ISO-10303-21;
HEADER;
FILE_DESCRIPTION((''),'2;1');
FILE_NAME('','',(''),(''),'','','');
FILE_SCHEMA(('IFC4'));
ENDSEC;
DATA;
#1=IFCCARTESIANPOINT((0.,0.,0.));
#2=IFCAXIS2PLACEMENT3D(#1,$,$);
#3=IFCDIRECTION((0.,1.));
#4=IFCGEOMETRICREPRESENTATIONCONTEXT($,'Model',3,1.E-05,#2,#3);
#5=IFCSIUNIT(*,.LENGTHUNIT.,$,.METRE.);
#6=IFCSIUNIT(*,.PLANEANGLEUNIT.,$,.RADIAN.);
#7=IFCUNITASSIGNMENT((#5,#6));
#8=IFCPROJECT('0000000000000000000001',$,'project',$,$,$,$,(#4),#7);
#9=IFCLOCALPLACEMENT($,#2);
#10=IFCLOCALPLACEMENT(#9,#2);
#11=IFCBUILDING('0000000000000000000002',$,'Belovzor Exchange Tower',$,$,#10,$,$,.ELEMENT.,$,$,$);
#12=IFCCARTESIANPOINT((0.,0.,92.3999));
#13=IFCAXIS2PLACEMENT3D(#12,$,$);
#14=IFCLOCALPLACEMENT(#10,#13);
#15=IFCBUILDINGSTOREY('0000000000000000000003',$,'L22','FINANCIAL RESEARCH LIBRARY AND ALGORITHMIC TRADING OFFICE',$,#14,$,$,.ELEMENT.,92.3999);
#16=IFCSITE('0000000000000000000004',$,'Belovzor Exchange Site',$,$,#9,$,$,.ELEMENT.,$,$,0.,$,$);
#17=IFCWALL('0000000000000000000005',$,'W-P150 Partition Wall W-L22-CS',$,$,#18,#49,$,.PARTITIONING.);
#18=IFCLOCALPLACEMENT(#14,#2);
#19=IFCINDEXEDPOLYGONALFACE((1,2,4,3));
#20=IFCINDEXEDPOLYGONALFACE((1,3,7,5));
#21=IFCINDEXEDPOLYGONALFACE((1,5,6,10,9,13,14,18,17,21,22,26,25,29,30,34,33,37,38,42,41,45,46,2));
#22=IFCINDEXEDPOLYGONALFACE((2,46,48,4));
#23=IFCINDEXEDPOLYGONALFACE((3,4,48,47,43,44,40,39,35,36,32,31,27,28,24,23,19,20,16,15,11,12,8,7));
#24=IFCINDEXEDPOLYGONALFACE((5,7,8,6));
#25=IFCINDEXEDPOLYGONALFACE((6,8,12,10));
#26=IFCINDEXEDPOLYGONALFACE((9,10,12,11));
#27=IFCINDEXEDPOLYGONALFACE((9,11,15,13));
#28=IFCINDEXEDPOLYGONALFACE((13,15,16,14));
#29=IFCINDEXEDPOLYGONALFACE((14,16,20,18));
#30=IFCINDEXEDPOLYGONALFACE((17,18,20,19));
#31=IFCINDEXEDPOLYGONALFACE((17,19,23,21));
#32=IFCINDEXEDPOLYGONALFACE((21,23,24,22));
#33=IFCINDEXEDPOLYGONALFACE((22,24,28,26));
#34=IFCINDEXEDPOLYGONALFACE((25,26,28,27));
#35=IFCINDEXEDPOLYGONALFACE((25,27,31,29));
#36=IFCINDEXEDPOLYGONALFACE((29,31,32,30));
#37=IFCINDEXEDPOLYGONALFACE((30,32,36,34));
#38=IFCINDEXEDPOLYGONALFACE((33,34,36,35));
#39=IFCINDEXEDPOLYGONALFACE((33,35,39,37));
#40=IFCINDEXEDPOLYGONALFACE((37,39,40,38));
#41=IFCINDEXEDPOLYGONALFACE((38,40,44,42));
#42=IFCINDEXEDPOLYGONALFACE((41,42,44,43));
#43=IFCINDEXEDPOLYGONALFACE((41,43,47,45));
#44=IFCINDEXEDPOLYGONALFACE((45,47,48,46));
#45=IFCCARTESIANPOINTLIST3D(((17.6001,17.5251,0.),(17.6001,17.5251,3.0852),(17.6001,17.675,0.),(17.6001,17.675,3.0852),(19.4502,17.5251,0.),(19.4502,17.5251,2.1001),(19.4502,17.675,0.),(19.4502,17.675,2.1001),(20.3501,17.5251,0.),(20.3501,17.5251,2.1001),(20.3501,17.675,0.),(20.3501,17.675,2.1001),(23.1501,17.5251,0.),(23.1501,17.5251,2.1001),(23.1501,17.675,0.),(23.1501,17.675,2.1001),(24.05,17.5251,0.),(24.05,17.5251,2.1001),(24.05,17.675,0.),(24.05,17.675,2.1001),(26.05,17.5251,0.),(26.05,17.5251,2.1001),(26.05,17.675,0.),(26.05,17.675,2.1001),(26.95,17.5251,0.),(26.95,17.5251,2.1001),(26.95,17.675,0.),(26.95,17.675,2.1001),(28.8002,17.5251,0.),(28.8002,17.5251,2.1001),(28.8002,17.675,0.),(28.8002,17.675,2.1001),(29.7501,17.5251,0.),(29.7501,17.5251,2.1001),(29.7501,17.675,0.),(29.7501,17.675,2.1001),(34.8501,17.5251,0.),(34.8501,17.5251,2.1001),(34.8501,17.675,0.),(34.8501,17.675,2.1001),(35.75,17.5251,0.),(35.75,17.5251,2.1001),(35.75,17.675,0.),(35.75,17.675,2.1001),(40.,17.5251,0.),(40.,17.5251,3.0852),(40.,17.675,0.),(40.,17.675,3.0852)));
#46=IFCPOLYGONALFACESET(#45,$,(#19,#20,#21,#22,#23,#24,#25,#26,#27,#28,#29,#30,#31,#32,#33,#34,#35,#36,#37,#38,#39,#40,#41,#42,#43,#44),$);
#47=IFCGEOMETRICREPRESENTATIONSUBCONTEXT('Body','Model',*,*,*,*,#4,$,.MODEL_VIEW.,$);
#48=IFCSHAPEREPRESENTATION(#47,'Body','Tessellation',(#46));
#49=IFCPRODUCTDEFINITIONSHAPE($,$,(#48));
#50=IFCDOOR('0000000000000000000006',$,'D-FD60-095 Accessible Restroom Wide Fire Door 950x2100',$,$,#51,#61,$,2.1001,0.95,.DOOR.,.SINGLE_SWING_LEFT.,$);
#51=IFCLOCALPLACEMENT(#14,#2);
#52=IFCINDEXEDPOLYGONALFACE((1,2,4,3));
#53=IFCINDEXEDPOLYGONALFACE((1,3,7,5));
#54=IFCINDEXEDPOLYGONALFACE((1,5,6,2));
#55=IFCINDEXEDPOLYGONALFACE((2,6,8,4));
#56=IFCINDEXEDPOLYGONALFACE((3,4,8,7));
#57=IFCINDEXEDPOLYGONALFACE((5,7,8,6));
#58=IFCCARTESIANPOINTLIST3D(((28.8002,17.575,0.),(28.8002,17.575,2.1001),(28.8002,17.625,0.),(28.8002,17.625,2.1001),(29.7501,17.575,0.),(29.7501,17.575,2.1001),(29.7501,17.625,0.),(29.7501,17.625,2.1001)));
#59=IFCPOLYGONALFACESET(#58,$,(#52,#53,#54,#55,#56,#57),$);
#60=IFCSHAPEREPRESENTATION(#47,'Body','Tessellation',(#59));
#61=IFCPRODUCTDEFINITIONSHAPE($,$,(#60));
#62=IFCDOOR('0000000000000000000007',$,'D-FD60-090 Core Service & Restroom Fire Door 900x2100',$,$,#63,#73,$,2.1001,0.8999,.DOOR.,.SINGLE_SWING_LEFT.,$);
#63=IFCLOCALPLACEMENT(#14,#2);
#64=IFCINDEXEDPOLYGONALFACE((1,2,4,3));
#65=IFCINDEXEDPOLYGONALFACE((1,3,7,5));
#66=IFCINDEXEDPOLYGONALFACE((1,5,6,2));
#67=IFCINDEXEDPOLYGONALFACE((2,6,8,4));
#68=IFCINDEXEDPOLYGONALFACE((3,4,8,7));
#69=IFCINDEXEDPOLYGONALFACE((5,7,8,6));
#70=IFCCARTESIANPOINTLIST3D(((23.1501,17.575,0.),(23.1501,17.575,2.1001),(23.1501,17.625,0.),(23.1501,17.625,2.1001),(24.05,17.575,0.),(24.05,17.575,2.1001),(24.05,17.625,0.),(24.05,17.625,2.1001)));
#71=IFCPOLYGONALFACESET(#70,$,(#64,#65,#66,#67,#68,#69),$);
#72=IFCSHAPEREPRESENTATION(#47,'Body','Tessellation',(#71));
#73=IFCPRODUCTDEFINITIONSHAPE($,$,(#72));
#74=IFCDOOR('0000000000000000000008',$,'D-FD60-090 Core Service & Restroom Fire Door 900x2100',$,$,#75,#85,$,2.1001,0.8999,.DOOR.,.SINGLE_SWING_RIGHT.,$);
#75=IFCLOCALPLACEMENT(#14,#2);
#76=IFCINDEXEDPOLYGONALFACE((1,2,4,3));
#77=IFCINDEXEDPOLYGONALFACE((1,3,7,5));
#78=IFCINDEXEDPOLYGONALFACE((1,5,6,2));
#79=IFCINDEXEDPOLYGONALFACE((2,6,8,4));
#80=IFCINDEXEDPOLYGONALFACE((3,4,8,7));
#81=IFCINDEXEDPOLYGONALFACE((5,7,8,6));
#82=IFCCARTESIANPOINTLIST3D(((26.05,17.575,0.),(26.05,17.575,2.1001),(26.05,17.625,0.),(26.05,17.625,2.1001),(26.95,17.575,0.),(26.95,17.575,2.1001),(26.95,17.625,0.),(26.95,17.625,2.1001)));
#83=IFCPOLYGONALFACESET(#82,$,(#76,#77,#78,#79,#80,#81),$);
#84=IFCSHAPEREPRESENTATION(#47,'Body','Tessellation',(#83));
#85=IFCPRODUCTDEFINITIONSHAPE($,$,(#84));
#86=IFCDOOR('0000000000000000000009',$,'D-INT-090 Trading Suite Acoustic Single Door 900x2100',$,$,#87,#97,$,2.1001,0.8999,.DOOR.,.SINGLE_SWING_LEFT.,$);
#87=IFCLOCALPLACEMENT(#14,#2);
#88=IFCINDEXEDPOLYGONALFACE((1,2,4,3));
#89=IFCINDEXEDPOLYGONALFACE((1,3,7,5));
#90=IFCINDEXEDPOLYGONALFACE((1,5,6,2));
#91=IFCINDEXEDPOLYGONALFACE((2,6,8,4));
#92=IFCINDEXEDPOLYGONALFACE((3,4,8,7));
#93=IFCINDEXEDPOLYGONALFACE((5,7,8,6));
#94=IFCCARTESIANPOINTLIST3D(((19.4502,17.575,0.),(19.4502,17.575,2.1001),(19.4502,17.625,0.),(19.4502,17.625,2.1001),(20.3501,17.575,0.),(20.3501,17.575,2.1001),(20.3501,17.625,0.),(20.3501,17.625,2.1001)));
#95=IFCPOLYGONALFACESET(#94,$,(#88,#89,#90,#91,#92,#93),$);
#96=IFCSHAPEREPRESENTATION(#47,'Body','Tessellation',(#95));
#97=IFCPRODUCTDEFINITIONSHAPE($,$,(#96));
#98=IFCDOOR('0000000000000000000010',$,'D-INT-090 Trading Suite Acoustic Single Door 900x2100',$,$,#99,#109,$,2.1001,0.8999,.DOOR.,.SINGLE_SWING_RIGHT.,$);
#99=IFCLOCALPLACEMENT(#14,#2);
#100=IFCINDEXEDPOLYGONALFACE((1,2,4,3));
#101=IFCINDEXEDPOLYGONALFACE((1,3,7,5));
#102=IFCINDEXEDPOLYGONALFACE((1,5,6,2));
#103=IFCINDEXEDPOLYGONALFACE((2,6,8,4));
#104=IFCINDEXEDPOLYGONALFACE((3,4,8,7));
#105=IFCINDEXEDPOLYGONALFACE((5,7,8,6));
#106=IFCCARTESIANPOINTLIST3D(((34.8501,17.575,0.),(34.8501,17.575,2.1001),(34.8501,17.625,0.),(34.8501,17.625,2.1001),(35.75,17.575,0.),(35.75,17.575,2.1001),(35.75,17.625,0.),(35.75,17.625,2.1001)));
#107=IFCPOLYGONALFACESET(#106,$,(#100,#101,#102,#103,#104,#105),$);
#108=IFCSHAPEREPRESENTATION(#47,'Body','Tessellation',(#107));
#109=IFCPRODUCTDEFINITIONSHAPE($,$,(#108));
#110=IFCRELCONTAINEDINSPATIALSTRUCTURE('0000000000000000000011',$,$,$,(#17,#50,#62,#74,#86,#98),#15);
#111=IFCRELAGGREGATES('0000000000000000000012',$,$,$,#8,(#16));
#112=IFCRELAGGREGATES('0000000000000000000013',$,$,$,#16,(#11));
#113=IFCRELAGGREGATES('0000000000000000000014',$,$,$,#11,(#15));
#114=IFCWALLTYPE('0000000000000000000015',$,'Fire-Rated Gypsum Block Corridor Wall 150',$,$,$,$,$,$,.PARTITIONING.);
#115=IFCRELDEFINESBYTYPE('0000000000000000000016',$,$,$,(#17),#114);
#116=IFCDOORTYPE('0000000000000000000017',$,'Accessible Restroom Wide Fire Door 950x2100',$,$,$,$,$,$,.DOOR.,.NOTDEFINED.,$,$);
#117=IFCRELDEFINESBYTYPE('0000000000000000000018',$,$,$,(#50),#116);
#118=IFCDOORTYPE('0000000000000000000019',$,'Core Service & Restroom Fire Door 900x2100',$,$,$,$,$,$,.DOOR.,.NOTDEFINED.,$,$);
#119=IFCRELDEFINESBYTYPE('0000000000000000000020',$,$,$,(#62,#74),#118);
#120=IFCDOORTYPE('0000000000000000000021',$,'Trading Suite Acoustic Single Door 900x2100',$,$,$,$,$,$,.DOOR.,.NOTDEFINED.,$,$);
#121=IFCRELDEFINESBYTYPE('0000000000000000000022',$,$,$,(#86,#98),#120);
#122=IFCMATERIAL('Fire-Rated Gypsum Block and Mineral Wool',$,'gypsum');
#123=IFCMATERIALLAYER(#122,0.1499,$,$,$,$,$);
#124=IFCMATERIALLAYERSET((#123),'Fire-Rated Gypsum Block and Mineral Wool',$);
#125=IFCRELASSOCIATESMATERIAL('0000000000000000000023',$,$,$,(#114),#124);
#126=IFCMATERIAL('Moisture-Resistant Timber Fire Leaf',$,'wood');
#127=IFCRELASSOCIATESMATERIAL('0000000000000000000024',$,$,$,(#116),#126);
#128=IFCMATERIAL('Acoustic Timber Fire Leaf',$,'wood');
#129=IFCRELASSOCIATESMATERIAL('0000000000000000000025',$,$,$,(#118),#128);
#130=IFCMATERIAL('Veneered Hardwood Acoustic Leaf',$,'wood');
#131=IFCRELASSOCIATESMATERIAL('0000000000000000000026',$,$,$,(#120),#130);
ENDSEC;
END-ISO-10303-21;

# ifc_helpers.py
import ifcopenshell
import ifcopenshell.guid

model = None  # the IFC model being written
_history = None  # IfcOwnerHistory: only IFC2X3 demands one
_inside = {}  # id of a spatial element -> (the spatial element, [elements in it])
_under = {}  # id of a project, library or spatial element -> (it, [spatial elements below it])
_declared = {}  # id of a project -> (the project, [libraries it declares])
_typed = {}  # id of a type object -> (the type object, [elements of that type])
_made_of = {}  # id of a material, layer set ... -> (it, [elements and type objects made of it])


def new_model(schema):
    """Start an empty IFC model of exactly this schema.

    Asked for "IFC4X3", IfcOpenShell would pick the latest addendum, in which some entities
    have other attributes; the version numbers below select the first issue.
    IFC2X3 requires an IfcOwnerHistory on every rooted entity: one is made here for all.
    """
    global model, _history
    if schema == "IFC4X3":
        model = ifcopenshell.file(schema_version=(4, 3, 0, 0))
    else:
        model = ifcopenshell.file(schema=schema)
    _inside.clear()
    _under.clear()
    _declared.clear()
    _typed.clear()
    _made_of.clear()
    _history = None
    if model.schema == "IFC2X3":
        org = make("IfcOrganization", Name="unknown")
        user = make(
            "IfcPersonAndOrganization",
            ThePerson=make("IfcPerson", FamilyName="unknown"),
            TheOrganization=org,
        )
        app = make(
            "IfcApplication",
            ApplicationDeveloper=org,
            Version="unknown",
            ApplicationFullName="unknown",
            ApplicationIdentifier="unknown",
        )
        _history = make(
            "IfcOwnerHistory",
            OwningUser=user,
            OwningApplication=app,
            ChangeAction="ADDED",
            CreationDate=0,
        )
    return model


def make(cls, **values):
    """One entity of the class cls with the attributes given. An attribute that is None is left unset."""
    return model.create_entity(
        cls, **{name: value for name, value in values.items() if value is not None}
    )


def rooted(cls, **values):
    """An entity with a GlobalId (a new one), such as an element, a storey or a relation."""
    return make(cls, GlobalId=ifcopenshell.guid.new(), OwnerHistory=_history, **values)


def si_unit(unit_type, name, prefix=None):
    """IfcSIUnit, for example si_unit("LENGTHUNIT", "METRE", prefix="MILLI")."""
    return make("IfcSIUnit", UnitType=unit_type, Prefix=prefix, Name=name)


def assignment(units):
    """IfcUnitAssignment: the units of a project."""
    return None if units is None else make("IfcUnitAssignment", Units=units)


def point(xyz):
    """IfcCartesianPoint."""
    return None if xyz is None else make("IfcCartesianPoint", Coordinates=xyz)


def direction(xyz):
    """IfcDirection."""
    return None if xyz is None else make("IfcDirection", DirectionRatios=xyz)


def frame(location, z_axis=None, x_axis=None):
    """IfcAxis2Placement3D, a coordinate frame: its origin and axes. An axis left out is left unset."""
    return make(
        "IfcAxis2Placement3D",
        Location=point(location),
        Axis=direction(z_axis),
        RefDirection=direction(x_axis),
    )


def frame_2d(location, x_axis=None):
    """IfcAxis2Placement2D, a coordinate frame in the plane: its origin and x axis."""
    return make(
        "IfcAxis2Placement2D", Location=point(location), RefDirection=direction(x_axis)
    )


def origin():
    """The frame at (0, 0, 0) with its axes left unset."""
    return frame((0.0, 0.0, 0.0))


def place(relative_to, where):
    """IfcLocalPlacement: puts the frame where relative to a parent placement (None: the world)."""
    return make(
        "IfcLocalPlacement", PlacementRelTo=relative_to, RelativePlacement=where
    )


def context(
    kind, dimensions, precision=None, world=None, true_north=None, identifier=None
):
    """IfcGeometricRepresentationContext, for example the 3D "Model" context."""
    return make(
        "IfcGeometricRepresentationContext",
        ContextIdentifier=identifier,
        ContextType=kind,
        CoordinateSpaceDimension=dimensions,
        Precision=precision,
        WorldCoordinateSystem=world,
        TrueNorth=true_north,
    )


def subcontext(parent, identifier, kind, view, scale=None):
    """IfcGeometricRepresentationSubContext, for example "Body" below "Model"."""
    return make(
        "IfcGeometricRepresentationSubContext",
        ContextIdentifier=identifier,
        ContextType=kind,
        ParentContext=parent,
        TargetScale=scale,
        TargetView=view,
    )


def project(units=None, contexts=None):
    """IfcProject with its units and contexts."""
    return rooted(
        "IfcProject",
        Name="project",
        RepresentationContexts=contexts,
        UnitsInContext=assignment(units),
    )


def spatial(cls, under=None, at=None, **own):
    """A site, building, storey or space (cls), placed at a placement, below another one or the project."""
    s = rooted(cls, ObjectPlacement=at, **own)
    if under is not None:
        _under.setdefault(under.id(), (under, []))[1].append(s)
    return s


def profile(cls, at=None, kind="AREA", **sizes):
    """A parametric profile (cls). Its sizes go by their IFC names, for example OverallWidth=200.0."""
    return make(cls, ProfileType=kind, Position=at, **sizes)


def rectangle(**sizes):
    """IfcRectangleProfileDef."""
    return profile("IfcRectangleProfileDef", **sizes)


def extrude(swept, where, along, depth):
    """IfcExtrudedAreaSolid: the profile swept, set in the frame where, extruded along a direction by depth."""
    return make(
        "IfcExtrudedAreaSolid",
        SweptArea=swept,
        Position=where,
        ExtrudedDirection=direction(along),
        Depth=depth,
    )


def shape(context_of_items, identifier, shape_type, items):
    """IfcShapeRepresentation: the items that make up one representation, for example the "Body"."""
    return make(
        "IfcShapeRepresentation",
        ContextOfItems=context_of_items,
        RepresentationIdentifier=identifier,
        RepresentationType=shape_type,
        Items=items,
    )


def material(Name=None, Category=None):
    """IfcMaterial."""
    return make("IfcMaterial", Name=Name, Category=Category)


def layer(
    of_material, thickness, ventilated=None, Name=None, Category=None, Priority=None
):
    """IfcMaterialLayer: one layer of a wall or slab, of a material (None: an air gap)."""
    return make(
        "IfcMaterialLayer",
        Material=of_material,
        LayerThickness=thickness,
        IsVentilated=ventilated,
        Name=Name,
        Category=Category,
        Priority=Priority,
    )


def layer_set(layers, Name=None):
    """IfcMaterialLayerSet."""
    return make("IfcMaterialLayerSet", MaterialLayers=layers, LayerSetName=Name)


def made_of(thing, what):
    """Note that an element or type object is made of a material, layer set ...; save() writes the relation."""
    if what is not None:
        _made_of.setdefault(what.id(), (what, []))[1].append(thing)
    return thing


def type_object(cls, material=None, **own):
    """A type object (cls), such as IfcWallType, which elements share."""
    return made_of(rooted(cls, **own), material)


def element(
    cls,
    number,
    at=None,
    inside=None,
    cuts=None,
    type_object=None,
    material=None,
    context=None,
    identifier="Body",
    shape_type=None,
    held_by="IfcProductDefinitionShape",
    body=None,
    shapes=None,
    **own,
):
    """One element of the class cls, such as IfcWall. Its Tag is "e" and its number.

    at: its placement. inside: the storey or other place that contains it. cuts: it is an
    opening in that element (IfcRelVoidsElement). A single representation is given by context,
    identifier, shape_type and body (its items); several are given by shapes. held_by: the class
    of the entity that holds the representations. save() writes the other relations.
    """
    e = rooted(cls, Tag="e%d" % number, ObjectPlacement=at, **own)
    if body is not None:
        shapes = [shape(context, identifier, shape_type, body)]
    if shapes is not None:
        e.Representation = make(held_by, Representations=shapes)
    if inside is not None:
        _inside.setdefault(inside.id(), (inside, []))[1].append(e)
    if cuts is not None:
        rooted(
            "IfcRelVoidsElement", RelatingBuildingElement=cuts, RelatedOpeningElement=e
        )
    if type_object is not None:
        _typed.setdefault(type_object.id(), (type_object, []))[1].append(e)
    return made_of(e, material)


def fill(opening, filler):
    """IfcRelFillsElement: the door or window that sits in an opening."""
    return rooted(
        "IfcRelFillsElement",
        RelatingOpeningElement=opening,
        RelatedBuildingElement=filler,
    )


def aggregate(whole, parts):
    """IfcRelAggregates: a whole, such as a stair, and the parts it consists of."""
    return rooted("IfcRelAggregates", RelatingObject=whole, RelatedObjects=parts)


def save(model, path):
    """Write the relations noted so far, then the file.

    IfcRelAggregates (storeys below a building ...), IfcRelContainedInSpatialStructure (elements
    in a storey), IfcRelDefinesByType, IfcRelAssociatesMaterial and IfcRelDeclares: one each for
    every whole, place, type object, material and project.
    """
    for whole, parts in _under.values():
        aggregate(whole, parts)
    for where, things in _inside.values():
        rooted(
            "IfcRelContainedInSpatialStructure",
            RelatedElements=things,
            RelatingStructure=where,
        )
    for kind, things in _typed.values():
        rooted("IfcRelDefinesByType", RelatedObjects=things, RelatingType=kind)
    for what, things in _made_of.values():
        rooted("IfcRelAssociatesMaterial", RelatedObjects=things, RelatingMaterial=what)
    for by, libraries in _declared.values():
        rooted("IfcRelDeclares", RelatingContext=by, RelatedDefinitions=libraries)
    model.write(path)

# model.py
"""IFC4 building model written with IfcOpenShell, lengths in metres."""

from ifc_helpers import new_model, si_unit, direction, frame, frame_2d, origin, place, context, subcontext, project, spatial, rectangle, extrude, material, layer, layer_set, type_object, element, fill, save


model = new_model("IFC4")

# Units and contexts
model_context = context("Model", 3, precision=1e-05, world=origin(), true_north=direction((0.0, 1.0)))
body_context = subcontext(model_context, "Body", "Model", "MODEL_VIEW")
ifc_project = project(units=[si_unit("LENGTHUNIT", "METRE"), si_unit("PLANEANGLEUNIT", "RADIAN")], contexts=[model_context])

# Site, building, storey
site_placement = place(None, origin())
site = spatial("IfcSite", under=ifc_project, at=site_placement, Name="Belovzor Exchange Site", CompositionType="ELEMENT", RefElevation=0.0)
building_placement = place(site_placement, origin())
building = spatial("IfcBuilding", under=site, at=building_placement, Name="Belovzor Exchange Tower", CompositionType="ELEMENT")
storey_placement = place(building_placement, frame((0.0, 0.0, 92.3999)))
storey = spatial("IfcBuildingStorey", under=building, at=storey_placement, Name="L22", Description="FINANCIAL RESEARCH LIBRARY AND ALGORITHMIC TRADING OFFICE", CompositionType="ELEMENT", Elevation=92.3999)

# Wall, openings, doors
ifc_material_1 = material(Name="Fire-Rated Gypsum Block and Mineral Wool", Category="gypsum")
ifc_layer_1 = layer(ifc_material_1, 0.1499)
ifc_layer_set_1 = layer_set([ifc_layer_1], Name="Fire-Rated Gypsum Block and Mineral Wool")
wall_type_1 = type_object("IfcWallType", Name="Fire-Rated Gypsum Block Corridor Wall 150", PredefinedType="PARTITIONING", material=ifc_layer_set_1)
wall_1_placement = place(storey_placement, frame((17.6001, 17.6001, 0.0), z_axis=(0.0, 0.0, 1.0), x_axis=(1.0, 0.0, 0.0)))
wall_1 = element("IfcWall", 1, at=wall_1_placement, inside=storey, type_object=wall_type_1, Name="W-P150 Partition Wall W-L22-CS", PredefinedType="PARTITIONING", context=body_context, shape_type="SweptSolid", body=[
    extrude(rectangle(XDim=22.3999, YDim=0.1499, at=frame_2d((11.2, 0.0))), origin(), (0.0, 0.0, 1.0), 3.0852),
])
opening_1_placement = place(wall_1_placement, frame((1.8501, 0.0, 0.0)))
opening_1 = element("IfcOpeningElement", 2, at=opening_1_placement, cuts=wall_1, PredefinedType="OPENING", context=body_context, shape_type="SweptSolid", body=[
    extrude(rectangle(XDim=0.8999, YDim=2.1001, at=frame_2d((0.45, 1.05))), frame((0.0, 0.085, 0.0), z_axis=(0.0, -1.0, 0.0), x_axis=(1.0, 0.0, 0.0)), (0.0, 0.0, 1.0), 0.1699),
])
opening_2_placement = place(wall_1_placement, frame((5.55, 0.0, 0.0)))
opening_2 = element("IfcOpeningElement", 3, at=opening_2_placement, cuts=wall_1, PredefinedType="OPENING", context=body_context, shape_type="SweptSolid", body=[
    extrude(rectangle(XDim=0.8999, YDim=2.1001, at=frame_2d((0.45, 1.05))), frame((0.0, 0.085, 0.0), z_axis=(0.0, -1.0, 0.0), x_axis=(1.0, 0.0, 0.0)), (0.0, 0.0, 1.0), 0.1699),
])
opening_3_placement = place(wall_1_placement, frame((8.45, 0.0, 0.0)))
opening_3 = element("IfcOpeningElement", 4, at=opening_3_placement, cuts=wall_1, PredefinedType="OPENING", context=body_context, shape_type="SweptSolid", body=[
    extrude(rectangle(XDim=0.8999, YDim=2.1001, at=frame_2d((0.45, 1.05))), frame((0.0, 0.085, 0.0), z_axis=(0.0, -1.0, 0.0), x_axis=(1.0, 0.0, 0.0)), (0.0, 0.0, 1.0), 0.1699),
])
opening_4_placement = place(wall_1_placement, frame((11.2, 0.0, 0.0)))
opening_4 = element("IfcOpeningElement", 5, at=opening_4_placement, cuts=wall_1, PredefinedType="OPENING", context=body_context, shape_type="SweptSolid", body=[
    extrude(rectangle(XDim=0.95, YDim=2.1001, at=frame_2d((0.4751, 1.05))), frame((0.0, 0.085, 0.0), z_axis=(0.0, -1.0, 0.0), x_axis=(1.0, 0.0, 0.0)), (0.0, 0.0, 1.0), 0.1699),
])
opening_5_placement = place(wall_1_placement, frame((17.25, 0.0, 0.0)))
opening_5 = element("IfcOpeningElement", 6, at=opening_5_placement, cuts=wall_1, PredefinedType="OPENING", context=body_context, shape_type="SweptSolid", body=[
    extrude(rectangle(XDim=0.8999, YDim=2.1001, at=frame_2d((0.45, 1.05))), frame((0.0, 0.085, 0.0), z_axis=(0.0, -1.0, 0.0), x_axis=(1.0, 0.0, 0.0)), (0.0, 0.0, 1.0), 0.1699),
])
ifc_material_2 = material(Name="Moisture-Resistant Timber Fire Leaf", Category="wood")
door_type_1 = type_object("IfcDoorType", Name="Accessible Restroom Wide Fire Door 950x2100", OperationType="NOTDEFINED", PredefinedType="DOOR", material=ifc_material_2)
door_1_placement = place(opening_4_placement, origin())
door_1 = element("IfcDoor", 7, at=door_1_placement, inside=storey, type_object=door_type_1, Name="D-FD60-095 Accessible Restroom Wide Fire Door 950x2100", OperationType="SINGLE_SWING_LEFT", OverallHeight=2.1001, OverallWidth=0.95, PredefinedType="DOOR", context=body_context, shape_type="SweptSolid", body=[
    extrude(rectangle(XDim=0.95, YDim=2.1001, at=frame_2d((0.4751, 1.05))), frame((0.0, 0.0249, 0.0), z_axis=(0.0, -1.0, 0.0), x_axis=(1.0, 0.0, 0.0)), (0.0, 0.0, 1.0), 0.05),
])
fill(opening_4, door_1)
ifc_material_3 = material(Name="Acoustic Timber Fire Leaf", Category="wood")
door_type_2 = type_object("IfcDoorType", Name="Core Service & Restroom Fire Door 900x2100", OperationType="NOTDEFINED", PredefinedType="DOOR", material=ifc_material_3)
door_2_placement = place(opening_2_placement, origin())
door_2 = element("IfcDoor", 8, at=door_2_placement, inside=storey, type_object=door_type_2, Name="D-FD60-090 Core Service & Restroom Fire Door 900x2100", OperationType="SINGLE_SWING_LEFT", OverallHeight=2.1001, OverallWidth=0.8999, PredefinedType="DOOR", context=body_context, shape_type="SweptSolid", body=[
    extrude(rectangle(XDim=0.8999, YDim=2.1001, at=frame_2d((0.45, 1.05))), frame((0.0, 0.0249, 0.0), z_axis=(0.0, -1.0, 0.0), x_axis=(1.0, 0.0, 0.0)), (0.0, 0.0, 1.0), 0.05),
])
fill(opening_2, door_2)
door_3_placement = place(opening_3_placement, origin())
door_3 = element("IfcDoor", 9, at=door_3_placement, inside=storey, type_object=door_type_2, Name="D-FD60-090 Core Service & Restroom Fire Door 900x2100", OperationType="SINGLE_SWING_RIGHT", OverallHeight=2.1001, OverallWidth=0.8999, PredefinedType="DOOR", context=body_context, shape_type="SweptSolid", body=[
    extrude(rectangle(XDim=0.8999, YDim=2.1001, at=frame_2d((0.45, 1.05))), frame((0.0, 0.0249, 0.0), z_axis=(0.0, -1.0, 0.0), x_axis=(1.0, 0.0, 0.0)), (0.0, 0.0, 1.0), 0.05),
])
fill(opening_3, door_3)
ifc_material_4 = material(Name="Veneered Hardwood Acoustic Leaf", Category="wood")
door_type_3 = type_object("IfcDoorType", Name="Trading Suite Acoustic Single Door 900x2100", OperationType="NOTDEFINED", PredefinedType="DOOR", material=ifc_material_4)
door_4_placement = place(opening_1_placement, origin())
door_4 = element("IfcDoor", 10, at=door_4_placement, inside=storey, type_object=door_type_3, Name="D-INT-090 Trading Suite Acoustic Single Door 900x2100", OperationType="SINGLE_SWING_LEFT", OverallHeight=2.1001, OverallWidth=0.8999, PredefinedType="DOOR", context=body_context, shape_type="SweptSolid", body=[
    extrude(rectangle(XDim=0.8999, YDim=2.1001, at=frame_2d((0.45, 1.05))), frame((0.0, 0.0249, 0.0), z_axis=(0.0, -1.0, 0.0), x_axis=(1.0, 0.0, 0.0)), (0.0, 0.0, 1.0), 0.05),
])
fill(opening_1, door_4)
door_5_placement = place(opening_5_placement, origin())
door_5 = element("IfcDoor", 11, at=door_5_placement, inside=storey, type_object=door_type_3, Name="D-INT-090 Trading Suite Acoustic Single Door 900x2100", OperationType="SINGLE_SWING_RIGHT", OverallHeight=2.1001, OverallWidth=0.8999, PredefinedType="DOOR", context=body_context, shape_type="SweptSolid", body=[
    extrude(rectangle(XDim=0.8999, YDim=2.1001, at=frame_2d((0.45, 1.05))), frame((0.0, 0.0249, 0.0), z_axis=(0.0, -1.0, 0.0), x_axis=(1.0, 0.0, 0.0)), (0.0, 0.0, 1.0), 0.05),
])
fill(opening_5, door_5)

save(model, "model.ifc")
